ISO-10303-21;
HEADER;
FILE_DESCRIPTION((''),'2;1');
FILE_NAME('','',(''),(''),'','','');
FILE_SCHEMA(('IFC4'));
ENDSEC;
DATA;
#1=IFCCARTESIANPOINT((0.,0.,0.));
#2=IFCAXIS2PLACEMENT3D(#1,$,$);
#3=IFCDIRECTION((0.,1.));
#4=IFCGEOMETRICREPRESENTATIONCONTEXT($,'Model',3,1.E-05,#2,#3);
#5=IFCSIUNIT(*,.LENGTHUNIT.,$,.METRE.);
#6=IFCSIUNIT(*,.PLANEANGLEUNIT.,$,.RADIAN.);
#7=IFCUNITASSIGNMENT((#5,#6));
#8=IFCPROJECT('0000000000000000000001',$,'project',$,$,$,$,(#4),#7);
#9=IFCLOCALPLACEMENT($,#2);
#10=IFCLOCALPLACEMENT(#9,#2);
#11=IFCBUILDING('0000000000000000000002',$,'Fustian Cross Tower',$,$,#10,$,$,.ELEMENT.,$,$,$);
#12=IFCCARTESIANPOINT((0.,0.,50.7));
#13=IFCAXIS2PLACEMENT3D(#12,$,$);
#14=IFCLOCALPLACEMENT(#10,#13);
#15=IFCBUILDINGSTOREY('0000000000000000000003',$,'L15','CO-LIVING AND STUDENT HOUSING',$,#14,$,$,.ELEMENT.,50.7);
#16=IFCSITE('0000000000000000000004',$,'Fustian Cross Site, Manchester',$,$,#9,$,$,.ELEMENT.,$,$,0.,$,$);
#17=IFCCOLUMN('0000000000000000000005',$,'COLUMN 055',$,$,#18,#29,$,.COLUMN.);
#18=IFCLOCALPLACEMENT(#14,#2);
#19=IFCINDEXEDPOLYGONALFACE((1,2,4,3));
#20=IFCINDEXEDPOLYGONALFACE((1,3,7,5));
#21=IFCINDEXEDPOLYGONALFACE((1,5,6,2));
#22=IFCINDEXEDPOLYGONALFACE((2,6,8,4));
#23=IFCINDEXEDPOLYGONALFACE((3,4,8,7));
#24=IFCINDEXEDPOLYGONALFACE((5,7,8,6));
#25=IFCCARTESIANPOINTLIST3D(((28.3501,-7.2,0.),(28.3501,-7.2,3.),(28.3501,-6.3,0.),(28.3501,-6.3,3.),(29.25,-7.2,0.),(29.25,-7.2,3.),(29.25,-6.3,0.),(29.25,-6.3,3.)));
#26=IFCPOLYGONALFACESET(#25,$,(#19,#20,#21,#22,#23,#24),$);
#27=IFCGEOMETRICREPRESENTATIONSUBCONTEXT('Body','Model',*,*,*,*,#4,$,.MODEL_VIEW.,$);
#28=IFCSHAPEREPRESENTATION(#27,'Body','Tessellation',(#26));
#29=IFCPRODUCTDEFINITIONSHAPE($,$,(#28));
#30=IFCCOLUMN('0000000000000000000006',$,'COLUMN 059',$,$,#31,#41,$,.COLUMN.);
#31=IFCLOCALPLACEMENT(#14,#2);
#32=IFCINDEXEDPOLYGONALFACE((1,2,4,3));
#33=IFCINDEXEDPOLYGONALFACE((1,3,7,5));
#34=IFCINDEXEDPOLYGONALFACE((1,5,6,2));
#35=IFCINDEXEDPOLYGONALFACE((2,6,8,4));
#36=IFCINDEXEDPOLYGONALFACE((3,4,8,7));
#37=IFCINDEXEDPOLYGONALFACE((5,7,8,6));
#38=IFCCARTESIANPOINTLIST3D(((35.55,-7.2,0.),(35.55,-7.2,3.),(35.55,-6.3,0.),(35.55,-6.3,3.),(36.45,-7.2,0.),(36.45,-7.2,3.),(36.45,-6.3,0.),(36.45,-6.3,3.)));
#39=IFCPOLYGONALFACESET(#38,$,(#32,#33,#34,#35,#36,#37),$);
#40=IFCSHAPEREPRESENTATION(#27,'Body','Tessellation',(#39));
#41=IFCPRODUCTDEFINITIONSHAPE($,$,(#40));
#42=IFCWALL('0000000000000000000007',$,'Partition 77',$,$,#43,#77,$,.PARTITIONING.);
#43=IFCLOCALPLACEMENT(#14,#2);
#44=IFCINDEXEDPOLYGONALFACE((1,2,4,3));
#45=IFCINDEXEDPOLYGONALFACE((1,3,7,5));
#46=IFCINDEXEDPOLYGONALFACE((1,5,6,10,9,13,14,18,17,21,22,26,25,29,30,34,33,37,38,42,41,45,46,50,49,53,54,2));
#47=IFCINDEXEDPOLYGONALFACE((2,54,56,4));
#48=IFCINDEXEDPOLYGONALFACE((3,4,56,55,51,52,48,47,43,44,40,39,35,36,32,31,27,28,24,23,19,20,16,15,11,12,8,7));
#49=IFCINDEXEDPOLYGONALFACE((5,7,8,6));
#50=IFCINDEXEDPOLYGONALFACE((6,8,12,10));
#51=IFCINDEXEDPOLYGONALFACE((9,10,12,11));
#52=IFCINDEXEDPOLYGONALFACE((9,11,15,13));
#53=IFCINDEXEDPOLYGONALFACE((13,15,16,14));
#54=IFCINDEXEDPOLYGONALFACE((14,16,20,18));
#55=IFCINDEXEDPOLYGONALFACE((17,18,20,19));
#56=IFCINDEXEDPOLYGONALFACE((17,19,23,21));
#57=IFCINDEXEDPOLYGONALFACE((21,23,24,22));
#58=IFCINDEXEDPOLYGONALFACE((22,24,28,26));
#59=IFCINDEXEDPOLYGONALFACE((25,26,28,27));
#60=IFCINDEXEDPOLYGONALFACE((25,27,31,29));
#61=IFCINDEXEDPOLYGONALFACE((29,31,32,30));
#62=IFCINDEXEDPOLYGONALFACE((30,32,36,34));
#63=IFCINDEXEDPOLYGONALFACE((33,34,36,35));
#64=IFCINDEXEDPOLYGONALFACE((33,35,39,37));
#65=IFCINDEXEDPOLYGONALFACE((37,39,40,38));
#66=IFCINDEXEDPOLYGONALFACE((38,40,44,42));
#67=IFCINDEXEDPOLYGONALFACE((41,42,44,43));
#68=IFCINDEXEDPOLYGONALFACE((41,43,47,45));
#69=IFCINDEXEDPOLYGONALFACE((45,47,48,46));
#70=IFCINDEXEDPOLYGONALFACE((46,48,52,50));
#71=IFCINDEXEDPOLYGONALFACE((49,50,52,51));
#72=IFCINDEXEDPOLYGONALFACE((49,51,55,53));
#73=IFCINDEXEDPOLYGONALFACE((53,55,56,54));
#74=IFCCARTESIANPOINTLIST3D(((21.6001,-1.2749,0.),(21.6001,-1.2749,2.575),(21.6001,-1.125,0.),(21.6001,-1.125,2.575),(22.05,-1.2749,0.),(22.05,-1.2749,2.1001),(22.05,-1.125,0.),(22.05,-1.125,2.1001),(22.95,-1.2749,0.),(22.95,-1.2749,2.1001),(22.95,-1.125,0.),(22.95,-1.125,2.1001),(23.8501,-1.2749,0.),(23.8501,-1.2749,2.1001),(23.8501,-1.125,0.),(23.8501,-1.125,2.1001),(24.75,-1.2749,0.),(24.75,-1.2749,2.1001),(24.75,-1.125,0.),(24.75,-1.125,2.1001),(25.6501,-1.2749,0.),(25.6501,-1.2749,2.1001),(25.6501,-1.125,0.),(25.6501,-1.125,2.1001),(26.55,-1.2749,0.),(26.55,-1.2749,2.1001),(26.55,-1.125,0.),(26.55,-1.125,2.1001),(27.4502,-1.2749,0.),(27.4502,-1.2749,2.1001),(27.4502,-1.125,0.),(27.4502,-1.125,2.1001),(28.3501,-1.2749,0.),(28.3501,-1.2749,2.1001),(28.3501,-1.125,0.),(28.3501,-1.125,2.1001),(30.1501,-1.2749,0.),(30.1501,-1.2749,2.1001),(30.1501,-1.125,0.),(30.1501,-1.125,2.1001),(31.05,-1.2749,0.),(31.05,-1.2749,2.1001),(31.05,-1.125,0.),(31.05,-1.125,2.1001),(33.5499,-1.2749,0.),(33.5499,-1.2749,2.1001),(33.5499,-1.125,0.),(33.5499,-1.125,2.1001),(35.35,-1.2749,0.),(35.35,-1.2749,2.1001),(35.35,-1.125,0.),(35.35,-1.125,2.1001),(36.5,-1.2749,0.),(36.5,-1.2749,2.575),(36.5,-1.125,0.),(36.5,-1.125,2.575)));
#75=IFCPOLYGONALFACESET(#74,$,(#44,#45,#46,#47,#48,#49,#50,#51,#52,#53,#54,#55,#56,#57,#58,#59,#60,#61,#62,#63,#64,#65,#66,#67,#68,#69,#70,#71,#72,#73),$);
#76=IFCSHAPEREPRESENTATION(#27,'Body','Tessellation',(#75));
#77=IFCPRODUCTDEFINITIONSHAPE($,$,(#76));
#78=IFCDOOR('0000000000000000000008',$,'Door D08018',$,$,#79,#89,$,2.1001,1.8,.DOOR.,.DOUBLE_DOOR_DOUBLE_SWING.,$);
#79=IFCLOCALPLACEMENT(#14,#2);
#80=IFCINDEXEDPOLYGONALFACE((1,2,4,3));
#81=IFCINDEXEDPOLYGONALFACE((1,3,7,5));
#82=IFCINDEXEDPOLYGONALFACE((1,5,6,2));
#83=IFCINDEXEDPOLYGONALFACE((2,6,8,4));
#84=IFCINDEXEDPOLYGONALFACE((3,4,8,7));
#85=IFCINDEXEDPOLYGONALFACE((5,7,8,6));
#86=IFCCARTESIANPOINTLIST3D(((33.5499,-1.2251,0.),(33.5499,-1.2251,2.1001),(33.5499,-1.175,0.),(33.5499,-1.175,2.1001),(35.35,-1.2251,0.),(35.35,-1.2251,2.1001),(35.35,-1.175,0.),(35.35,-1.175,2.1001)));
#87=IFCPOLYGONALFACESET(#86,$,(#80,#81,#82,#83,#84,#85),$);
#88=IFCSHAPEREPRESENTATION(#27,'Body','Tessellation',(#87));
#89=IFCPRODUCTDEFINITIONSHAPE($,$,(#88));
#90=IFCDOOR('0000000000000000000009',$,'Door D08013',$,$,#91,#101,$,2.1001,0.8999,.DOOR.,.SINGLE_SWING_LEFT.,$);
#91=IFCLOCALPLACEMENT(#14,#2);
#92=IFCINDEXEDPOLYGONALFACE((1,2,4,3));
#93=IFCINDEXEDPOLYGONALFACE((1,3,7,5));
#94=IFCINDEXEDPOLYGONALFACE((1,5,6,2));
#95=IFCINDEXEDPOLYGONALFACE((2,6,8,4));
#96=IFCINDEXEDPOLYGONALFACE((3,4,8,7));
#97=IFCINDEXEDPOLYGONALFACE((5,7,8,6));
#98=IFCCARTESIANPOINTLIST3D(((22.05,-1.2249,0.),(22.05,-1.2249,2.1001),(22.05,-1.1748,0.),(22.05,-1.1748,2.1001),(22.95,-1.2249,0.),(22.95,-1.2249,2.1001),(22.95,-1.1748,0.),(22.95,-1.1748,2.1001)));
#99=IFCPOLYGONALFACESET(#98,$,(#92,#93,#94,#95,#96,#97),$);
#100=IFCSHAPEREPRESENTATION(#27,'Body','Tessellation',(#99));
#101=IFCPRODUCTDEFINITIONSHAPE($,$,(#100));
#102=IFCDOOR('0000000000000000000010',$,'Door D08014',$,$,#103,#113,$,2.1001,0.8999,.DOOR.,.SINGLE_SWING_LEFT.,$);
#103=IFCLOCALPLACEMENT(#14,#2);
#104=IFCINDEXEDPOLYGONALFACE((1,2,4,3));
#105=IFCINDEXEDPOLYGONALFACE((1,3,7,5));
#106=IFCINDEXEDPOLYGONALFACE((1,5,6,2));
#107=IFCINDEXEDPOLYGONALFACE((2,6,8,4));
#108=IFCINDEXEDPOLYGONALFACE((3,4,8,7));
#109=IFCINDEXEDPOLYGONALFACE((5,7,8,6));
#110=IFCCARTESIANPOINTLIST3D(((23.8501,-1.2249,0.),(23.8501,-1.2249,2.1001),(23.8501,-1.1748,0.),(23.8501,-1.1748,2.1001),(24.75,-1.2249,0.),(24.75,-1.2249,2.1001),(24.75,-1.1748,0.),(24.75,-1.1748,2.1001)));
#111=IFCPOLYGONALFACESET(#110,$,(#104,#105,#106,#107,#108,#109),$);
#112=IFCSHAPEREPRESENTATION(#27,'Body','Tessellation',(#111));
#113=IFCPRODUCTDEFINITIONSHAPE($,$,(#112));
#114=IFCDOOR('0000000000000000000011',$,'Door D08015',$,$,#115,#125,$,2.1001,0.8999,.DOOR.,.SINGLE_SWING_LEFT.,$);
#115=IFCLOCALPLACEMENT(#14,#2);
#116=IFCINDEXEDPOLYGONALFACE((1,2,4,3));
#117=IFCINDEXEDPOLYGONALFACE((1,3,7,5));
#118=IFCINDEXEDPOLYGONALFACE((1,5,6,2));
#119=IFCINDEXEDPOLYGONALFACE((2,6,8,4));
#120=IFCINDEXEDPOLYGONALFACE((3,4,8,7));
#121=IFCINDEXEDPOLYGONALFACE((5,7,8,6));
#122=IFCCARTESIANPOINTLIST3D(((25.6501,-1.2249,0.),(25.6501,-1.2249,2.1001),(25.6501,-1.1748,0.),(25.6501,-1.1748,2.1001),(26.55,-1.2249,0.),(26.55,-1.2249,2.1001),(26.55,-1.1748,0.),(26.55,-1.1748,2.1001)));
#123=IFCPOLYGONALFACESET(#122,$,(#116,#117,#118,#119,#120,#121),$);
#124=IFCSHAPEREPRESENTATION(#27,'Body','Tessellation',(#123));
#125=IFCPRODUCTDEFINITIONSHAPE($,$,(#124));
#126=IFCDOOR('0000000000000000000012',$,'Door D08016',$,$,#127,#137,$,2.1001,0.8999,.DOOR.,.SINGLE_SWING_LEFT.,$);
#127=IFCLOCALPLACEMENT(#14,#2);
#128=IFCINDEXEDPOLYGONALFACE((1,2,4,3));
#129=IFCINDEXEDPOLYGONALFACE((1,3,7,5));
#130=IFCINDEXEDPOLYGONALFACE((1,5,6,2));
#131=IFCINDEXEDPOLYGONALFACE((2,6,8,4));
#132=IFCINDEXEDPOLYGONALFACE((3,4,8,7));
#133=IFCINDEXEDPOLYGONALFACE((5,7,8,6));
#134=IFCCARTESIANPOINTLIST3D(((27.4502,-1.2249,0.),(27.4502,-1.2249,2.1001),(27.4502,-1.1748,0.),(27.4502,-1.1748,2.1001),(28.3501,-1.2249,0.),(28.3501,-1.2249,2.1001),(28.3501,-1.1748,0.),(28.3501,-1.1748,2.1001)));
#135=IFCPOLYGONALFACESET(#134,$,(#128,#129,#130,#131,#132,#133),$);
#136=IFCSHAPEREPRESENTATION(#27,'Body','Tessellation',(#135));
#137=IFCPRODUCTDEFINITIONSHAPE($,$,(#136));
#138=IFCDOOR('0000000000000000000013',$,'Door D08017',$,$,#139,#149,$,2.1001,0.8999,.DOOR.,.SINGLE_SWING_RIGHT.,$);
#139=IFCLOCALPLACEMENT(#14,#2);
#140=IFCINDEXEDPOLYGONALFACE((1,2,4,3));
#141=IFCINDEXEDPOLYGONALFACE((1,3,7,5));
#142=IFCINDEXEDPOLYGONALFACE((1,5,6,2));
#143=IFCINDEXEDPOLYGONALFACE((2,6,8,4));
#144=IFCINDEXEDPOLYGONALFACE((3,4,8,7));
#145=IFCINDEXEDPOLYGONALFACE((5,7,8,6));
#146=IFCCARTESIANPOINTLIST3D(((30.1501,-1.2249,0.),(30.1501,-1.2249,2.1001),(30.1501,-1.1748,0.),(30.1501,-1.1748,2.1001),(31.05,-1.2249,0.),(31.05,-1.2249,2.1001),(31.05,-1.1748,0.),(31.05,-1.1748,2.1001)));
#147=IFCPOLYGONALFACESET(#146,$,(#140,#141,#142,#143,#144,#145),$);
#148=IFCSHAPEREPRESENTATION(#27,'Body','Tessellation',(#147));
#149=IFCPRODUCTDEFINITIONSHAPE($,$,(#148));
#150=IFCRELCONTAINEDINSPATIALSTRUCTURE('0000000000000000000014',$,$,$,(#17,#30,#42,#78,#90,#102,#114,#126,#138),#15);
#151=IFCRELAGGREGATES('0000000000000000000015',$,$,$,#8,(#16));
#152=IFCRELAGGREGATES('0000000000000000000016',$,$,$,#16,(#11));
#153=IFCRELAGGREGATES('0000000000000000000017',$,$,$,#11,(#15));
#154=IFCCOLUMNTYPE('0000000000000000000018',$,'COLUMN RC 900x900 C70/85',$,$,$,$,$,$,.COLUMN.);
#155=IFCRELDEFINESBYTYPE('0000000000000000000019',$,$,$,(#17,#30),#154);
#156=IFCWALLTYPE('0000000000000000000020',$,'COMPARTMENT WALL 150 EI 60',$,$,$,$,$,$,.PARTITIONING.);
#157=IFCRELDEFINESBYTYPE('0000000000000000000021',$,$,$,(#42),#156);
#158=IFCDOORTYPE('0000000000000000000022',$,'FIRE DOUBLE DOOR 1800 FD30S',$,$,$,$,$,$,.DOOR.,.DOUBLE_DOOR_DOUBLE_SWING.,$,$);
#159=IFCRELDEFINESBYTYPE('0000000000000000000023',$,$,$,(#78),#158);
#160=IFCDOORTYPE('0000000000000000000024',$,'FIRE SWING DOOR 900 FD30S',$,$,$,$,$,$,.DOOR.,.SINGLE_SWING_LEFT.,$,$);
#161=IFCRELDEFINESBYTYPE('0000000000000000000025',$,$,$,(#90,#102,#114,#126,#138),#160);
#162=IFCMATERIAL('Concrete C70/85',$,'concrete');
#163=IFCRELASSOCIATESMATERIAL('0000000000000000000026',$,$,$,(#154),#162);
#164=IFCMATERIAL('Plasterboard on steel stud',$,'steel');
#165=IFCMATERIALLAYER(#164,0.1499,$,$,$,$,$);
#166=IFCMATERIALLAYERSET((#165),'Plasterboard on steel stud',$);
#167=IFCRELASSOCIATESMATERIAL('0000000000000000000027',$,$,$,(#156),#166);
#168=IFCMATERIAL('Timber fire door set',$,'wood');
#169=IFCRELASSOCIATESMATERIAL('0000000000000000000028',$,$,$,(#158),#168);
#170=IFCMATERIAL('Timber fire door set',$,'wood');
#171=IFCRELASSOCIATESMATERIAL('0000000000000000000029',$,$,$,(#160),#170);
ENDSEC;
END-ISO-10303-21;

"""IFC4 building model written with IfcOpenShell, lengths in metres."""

from ifc_helpers import new_model, si_unit, direction, frame, frame_2d, origin, origin_2d, place, context, subcontext, project, spatial, rectangle, extrude, material, layer, layer_set, material_profile, profile_set, type_object, element, fill, save


model = new_model("IFC4")

# Units and contexts
model_context = context("Model", 3, precision=1e-05, world=origin(), true_north=direction((0.0, 1.0)))
body_context = subcontext(model_context, "Body", "Model", "MODEL_VIEW")
ifc_project = project(units=[si_unit("LENGTHUNIT", "METRE"), si_unit("PLANEANGLEUNIT", "RADIAN")], contexts=[model_context])

# Site, building, storey
site_placement = place(None, origin())
site = spatial("IfcSite", under=ifc_project, at=site_placement, Name="Fustian Cross Site, Manchester", CompositionType="ELEMENT", RefElevation=0.0)
building_placement = place(site_placement, origin())
building = spatial("IfcBuilding", under=site, at=building_placement, Name="Fustian Cross Tower", CompositionType="ELEMENT")
storey_placement = place(building_placement, frame((0.0, 0.0, 50.7)))
storey = spatial("IfcBuildingStorey", under=building, at=storey_placement, Name="L15", Description="CO-LIVING AND STUDENT HOUSING", CompositionType="ELEMENT", Elevation=50.7)

# Columns
ifc_material_1 = material(Name="Concrete C70/85", Category="concrete")
ifc_material_profile = material_profile(ifc_material_1, rectangle(XDim=0.8999, YDim=0.8999, at=origin_2d()), Name="RC 900x900")
ifc_profile_set = profile_set([ifc_material_profile], Name="Concrete C70/85")
column_type = type_object("IfcColumnType", Name="COLUMN RC 900x900 C70/85", PredefinedType="COLUMN", material=ifc_profile_set)
for number, where, z_axis, x_axis, name in (
    (1, (28.8, -6.75, 0.0), (0.0, 0.0, 1.0), (1.0, 0.0, 0.0), "COLUMN 055"),
    (2, (36.0, -6.75, 0.0), (0.0, 0.0, 1.0), (1.0, 0.0, 0.0), "COLUMN 059"),
):
    element("IfcColumn", number, at=place(storey_placement, frame(where, z_axis=z_axis, x_axis=x_axis)), inside=storey, type_object=column_type, Name=name, PredefinedType="COLUMN", context=body_context, shape_type="SweptSolid", body=[
        extrude(rectangle(XDim=0.8999, YDim=0.8999, at=origin_2d()), origin(), (0.0, 0.0, 1.0), 3.0),
    ])

# Wall, openings, doors
ifc_material_2 = material(Name="Plasterboard on steel stud", Category="steel")
ifc_layer_1 = layer(ifc_material_2, 0.1499)
ifc_layer_set_1 = layer_set([ifc_layer_1], Name="Plasterboard on steel stud")
wall_type_1 = type_object("IfcWallType", Name="COMPARTMENT WALL 150 EI 60", PredefinedType="PARTITIONING", material=ifc_layer_set_1)
wall_1_placement = place(storey_placement, frame((21.6001, -1.2, 0.0), z_axis=(0.0, 0.0, 1.0), x_axis=(1.0, 0.0, 0.0)))
wall_1 = element("IfcWall", 3, at=wall_1_placement, inside=storey, type_object=wall_type_1, Name="Partition 77", PredefinedType="PARTITIONING", context=body_context, shape_type="SweptSolid", body=[
    extrude(rectangle(XDim=14.8999, YDim=0.1499, at=frame_2d((7.45, 0.0))), origin(), (0.0, 0.0, 1.0), 2.575),
])
opening_1_placement = place(wall_1_placement, frame((0.45, 0.0, 0.0)))
opening_1 = element("IfcOpeningElement", 4, at=opening_1_placement, cuts=wall_1, PredefinedType="OPENING", context=body_context, shape_type="SweptSolid", body=[
    extrude(rectangle(XDim=0.8999, YDim=2.1001, at=frame_2d((0.45, 1.05))), frame((0.0, 0.085, 0.0), z_axis=(0.0, -1.0, 0.0), x_axis=(1.0, 0.0, 0.0)), (0.0, 0.0, 1.0), 0.1699),
])
opening_2_placement = place(wall_1_placement, frame((2.25, 0.0, 0.0)))
opening_2 = element("IfcOpeningElement", 5, at=opening_2_placement, cuts=wall_1, PredefinedType="OPENING", context=body_context, shape_type="SweptSolid", body=[
    extrude(rectangle(XDim=0.8999, YDim=2.1001, at=frame_2d((0.45, 1.05))), frame((0.0, 0.085, 0.0), z_axis=(0.0, -1.0, 0.0), x_axis=(1.0, 0.0, 0.0)), (0.0, 0.0, 1.0), 0.1699),
])
opening_3_placement = place(wall_1_placement, frame((4.05, 0.0, 0.0)))
opening_3 = element("IfcOpeningElement", 6, at=opening_3_placement, cuts=wall_1, PredefinedType="OPENING", context=body_context, shape_type="SweptSolid", body=[
    extrude(rectangle(XDim=0.8999, YDim=2.1001, at=frame_2d((0.45, 1.05))), frame((0.0, 0.085, 0.0), z_axis=(0.0, -1.0, 0.0), x_axis=(1.0, 0.0, 0.0)), (0.0, 0.0, 1.0), 0.1699),
])
opening_4_placement = place(wall_1_placement, frame((5.8501, 0.0, 0.0)))
opening_4 = element("IfcOpeningElement", 7, at=opening_4_placement, cuts=wall_1, PredefinedType="OPENING", context=body_context, shape_type="SweptSolid", body=[
    extrude(rectangle(XDim=0.8999, YDim=2.1001, at=frame_2d((0.45, 1.05))), frame((0.0, 0.085, 0.0), z_axis=(0.0, -1.0, 0.0), x_axis=(1.0, 0.0, 0.0)), (0.0, 0.0, 1.0), 0.1699),
])
opening_5_placement = place(wall_1_placement, frame((8.55, 0.0, 0.0)))
opening_5 = element("IfcOpeningElement", 8, at=opening_5_placement, cuts=wall_1, PredefinedType="OPENING", context=body_context, shape_type="SweptSolid", body=[
    extrude(rectangle(XDim=0.8999, YDim=2.1001, at=frame_2d((0.45, 1.05))), frame((0.0, 0.085, 0.0), z_axis=(0.0, -1.0, 0.0), x_axis=(1.0, 0.0, 0.0)), (0.0, 0.0, 1.0), 0.1699),
])
opening_6_placement = place(wall_1_placement, frame((11.95, 0.0, 0.0)))
opening_6 = element("IfcOpeningElement", 9, at=opening_6_placement, cuts=wall_1, PredefinedType="OPENING", context=body_context, shape_type="SweptSolid", body=[
    extrude(rectangle(XDim=1.8, YDim=2.1001, at=frame_2d((0.8999, 1.05))), frame((0.0, 0.085, 0.0), z_axis=(0.0, -1.0, 0.0), x_axis=(1.0, 0.0, 0.0)), (0.0, 0.0, 1.0), 0.1699),
])
ifc_material_3 = material(Name="Timber fire door set", Category="wood")
door_type_1 = type_object("IfcDoorType", Name="FIRE DOUBLE DOOR 1800 FD30S", OperationType="DOUBLE_DOOR_DOUBLE_SWING", PredefinedType="DOOR", material=ifc_material_3)
door_1_placement = place(opening_6_placement, origin())
door_1 = element("IfcDoor", 10, at=door_1_placement, inside=storey, type_object=door_type_1, Name="Door D08018", OperationType="DOUBLE_DOOR_DOUBLE_SWING", OverallHeight=2.1001, OverallWidth=1.8, PredefinedType="DOOR", context=body_context, shape_type="SweptSolid", body=[
    extrude(rectangle(XDim=1.8, YDim=2.1001, at=frame_2d((0.8999, 1.05))), frame((0.0, 0.0249, 0.0), z_axis=(0.0, -1.0, 0.0), x_axis=(1.0, 0.0, 0.0)), (0.0, 0.0, 1.0), 0.05),
])
fill(opening_6, door_1)
ifc_material_4 = material(Name="Timber fire door set", Category="wood")
door_type_2 = type_object("IfcDoorType", Name="FIRE SWING DOOR 900 FD30S", OperationType="SINGLE_SWING_LEFT", PredefinedType="DOOR", material=ifc_material_4)
door_2_placement = place(opening_1_placement, frame((0.8999, 0.0, 0.0), z_axis=(0.0, 0.0, 1.0), x_axis=(-1.0, 0.0, 0.0)))
door_2 = element("IfcDoor", 11, at=door_2_placement, inside=storey, type_object=door_type_2, Name="Door D08013", OperationType="SINGLE_SWING_LEFT", OverallHeight=2.1001, OverallWidth=0.8999, PredefinedType="DOOR", context=body_context, shape_type="SweptSolid", body=[
    extrude(rectangle(XDim=0.8999, YDim=2.1001, at=frame_2d((0.45, 1.05))), frame((0.0, 0.0249, 0.0), z_axis=(0.0, -1.0, 0.0), x_axis=(1.0, 0.0, 0.0)), (0.0, 0.0, 1.0), 0.05),
])
fill(opening_1, door_2)
door_3_placement = place(opening_2_placement, frame((0.8999, 0.0, 0.0), z_axis=(0.0, 0.0, 1.0), x_axis=(-1.0, 0.0, 0.0)))
door_3 = element("IfcDoor", 12, at=door_3_placement, inside=storey, type_object=door_type_2, Name="Door D08014", OperationType="SINGLE_SWING_LEFT", OverallHeight=2.1001, OverallWidth=0.8999, PredefinedType="DOOR", context=body_context, shape_type="SweptSolid", body=[
    extrude(rectangle(XDim=0.8999, YDim=2.1001, at=frame_2d((0.45, 1.05))), frame((0.0, 0.0249, 0.0), z_axis=(0.0, -1.0, 0.0), x_axis=(1.0, 0.0, 0.0)), (0.0, 0.0, 1.0), 0.05),
])
fill(opening_2, door_3)
door_4_placement = place(opening_3_placement, frame((0.8999, 0.0, 0.0), z_axis=(0.0, 0.0, 1.0), x_axis=(-1.0, 0.0, 0.0)))
door_4 = element("IfcDoor", 13, at=door_4_placement, inside=storey, type_object=door_type_2, Name="Door D08015", OperationType="SINGLE_SWING_LEFT", OverallHeight=2.1001, OverallWidth=0.8999, PredefinedType="DOOR", context=body_context, shape_type="SweptSolid", body=[
    extrude(rectangle(XDim=0.8999, YDim=2.1001, at=frame_2d((0.45, 1.05))), frame((0.0, 0.0249, 0.0), z_axis=(0.0, -1.0, 0.0), x_axis=(1.0, 0.0, 0.0)), (0.0, 0.0, 1.0), 0.05),
])
fill(opening_3, door_4)
door_5_placement = place(opening_4_placement, frame((0.8999, 0.0, 0.0), z_axis=(0.0, 0.0, 1.0), x_axis=(-1.0, 0.0, 0.0)))
door_5 = element("IfcDoor", 14, at=door_5_placement, inside=storey, type_object=door_type_2, Name="Door D08016", OperationType="SINGLE_SWING_LEFT", OverallHeight=2.1001, OverallWidth=0.8999, PredefinedType="DOOR", context=body_context, shape_type="SweptSolid", body=[
    extrude(rectangle(XDim=0.8999, YDim=2.1001, at=frame_2d((0.45, 1.05))), frame((0.0, 0.0249, 0.0), z_axis=(0.0, -1.0, 0.0), x_axis=(1.0, 0.0, 0.0)), (0.0, 0.0, 1.0), 0.05),
])
fill(opening_4, door_5)
door_6_placement = place(opening_5_placement, frame((0.8999, 0.0, 0.0), z_axis=(0.0, 0.0, 1.0), x_axis=(-1.0, 0.0, 0.0)))
door_6 = element("IfcDoor", 15, at=door_6_placement, inside=storey, type_object=door_type_2, Name="Door D08017", OperationType="SINGLE_SWING_RIGHT", OverallHeight=2.1001, OverallWidth=0.8999, PredefinedType="DOOR", context=body_context, shape_type="SweptSolid", body=[
    extrude(rectangle(XDim=0.8999, YDim=2.1001, at=frame_2d((0.45, 1.05))), frame((0.0, 0.0249, 0.0), z_axis=(0.0, -1.0, 0.0), x_axis=(1.0, 0.0, 0.0)), (0.0, 0.0, 1.0), 0.05),
])
fill(opening_5, door_6)

save(model, "model.ifc")
